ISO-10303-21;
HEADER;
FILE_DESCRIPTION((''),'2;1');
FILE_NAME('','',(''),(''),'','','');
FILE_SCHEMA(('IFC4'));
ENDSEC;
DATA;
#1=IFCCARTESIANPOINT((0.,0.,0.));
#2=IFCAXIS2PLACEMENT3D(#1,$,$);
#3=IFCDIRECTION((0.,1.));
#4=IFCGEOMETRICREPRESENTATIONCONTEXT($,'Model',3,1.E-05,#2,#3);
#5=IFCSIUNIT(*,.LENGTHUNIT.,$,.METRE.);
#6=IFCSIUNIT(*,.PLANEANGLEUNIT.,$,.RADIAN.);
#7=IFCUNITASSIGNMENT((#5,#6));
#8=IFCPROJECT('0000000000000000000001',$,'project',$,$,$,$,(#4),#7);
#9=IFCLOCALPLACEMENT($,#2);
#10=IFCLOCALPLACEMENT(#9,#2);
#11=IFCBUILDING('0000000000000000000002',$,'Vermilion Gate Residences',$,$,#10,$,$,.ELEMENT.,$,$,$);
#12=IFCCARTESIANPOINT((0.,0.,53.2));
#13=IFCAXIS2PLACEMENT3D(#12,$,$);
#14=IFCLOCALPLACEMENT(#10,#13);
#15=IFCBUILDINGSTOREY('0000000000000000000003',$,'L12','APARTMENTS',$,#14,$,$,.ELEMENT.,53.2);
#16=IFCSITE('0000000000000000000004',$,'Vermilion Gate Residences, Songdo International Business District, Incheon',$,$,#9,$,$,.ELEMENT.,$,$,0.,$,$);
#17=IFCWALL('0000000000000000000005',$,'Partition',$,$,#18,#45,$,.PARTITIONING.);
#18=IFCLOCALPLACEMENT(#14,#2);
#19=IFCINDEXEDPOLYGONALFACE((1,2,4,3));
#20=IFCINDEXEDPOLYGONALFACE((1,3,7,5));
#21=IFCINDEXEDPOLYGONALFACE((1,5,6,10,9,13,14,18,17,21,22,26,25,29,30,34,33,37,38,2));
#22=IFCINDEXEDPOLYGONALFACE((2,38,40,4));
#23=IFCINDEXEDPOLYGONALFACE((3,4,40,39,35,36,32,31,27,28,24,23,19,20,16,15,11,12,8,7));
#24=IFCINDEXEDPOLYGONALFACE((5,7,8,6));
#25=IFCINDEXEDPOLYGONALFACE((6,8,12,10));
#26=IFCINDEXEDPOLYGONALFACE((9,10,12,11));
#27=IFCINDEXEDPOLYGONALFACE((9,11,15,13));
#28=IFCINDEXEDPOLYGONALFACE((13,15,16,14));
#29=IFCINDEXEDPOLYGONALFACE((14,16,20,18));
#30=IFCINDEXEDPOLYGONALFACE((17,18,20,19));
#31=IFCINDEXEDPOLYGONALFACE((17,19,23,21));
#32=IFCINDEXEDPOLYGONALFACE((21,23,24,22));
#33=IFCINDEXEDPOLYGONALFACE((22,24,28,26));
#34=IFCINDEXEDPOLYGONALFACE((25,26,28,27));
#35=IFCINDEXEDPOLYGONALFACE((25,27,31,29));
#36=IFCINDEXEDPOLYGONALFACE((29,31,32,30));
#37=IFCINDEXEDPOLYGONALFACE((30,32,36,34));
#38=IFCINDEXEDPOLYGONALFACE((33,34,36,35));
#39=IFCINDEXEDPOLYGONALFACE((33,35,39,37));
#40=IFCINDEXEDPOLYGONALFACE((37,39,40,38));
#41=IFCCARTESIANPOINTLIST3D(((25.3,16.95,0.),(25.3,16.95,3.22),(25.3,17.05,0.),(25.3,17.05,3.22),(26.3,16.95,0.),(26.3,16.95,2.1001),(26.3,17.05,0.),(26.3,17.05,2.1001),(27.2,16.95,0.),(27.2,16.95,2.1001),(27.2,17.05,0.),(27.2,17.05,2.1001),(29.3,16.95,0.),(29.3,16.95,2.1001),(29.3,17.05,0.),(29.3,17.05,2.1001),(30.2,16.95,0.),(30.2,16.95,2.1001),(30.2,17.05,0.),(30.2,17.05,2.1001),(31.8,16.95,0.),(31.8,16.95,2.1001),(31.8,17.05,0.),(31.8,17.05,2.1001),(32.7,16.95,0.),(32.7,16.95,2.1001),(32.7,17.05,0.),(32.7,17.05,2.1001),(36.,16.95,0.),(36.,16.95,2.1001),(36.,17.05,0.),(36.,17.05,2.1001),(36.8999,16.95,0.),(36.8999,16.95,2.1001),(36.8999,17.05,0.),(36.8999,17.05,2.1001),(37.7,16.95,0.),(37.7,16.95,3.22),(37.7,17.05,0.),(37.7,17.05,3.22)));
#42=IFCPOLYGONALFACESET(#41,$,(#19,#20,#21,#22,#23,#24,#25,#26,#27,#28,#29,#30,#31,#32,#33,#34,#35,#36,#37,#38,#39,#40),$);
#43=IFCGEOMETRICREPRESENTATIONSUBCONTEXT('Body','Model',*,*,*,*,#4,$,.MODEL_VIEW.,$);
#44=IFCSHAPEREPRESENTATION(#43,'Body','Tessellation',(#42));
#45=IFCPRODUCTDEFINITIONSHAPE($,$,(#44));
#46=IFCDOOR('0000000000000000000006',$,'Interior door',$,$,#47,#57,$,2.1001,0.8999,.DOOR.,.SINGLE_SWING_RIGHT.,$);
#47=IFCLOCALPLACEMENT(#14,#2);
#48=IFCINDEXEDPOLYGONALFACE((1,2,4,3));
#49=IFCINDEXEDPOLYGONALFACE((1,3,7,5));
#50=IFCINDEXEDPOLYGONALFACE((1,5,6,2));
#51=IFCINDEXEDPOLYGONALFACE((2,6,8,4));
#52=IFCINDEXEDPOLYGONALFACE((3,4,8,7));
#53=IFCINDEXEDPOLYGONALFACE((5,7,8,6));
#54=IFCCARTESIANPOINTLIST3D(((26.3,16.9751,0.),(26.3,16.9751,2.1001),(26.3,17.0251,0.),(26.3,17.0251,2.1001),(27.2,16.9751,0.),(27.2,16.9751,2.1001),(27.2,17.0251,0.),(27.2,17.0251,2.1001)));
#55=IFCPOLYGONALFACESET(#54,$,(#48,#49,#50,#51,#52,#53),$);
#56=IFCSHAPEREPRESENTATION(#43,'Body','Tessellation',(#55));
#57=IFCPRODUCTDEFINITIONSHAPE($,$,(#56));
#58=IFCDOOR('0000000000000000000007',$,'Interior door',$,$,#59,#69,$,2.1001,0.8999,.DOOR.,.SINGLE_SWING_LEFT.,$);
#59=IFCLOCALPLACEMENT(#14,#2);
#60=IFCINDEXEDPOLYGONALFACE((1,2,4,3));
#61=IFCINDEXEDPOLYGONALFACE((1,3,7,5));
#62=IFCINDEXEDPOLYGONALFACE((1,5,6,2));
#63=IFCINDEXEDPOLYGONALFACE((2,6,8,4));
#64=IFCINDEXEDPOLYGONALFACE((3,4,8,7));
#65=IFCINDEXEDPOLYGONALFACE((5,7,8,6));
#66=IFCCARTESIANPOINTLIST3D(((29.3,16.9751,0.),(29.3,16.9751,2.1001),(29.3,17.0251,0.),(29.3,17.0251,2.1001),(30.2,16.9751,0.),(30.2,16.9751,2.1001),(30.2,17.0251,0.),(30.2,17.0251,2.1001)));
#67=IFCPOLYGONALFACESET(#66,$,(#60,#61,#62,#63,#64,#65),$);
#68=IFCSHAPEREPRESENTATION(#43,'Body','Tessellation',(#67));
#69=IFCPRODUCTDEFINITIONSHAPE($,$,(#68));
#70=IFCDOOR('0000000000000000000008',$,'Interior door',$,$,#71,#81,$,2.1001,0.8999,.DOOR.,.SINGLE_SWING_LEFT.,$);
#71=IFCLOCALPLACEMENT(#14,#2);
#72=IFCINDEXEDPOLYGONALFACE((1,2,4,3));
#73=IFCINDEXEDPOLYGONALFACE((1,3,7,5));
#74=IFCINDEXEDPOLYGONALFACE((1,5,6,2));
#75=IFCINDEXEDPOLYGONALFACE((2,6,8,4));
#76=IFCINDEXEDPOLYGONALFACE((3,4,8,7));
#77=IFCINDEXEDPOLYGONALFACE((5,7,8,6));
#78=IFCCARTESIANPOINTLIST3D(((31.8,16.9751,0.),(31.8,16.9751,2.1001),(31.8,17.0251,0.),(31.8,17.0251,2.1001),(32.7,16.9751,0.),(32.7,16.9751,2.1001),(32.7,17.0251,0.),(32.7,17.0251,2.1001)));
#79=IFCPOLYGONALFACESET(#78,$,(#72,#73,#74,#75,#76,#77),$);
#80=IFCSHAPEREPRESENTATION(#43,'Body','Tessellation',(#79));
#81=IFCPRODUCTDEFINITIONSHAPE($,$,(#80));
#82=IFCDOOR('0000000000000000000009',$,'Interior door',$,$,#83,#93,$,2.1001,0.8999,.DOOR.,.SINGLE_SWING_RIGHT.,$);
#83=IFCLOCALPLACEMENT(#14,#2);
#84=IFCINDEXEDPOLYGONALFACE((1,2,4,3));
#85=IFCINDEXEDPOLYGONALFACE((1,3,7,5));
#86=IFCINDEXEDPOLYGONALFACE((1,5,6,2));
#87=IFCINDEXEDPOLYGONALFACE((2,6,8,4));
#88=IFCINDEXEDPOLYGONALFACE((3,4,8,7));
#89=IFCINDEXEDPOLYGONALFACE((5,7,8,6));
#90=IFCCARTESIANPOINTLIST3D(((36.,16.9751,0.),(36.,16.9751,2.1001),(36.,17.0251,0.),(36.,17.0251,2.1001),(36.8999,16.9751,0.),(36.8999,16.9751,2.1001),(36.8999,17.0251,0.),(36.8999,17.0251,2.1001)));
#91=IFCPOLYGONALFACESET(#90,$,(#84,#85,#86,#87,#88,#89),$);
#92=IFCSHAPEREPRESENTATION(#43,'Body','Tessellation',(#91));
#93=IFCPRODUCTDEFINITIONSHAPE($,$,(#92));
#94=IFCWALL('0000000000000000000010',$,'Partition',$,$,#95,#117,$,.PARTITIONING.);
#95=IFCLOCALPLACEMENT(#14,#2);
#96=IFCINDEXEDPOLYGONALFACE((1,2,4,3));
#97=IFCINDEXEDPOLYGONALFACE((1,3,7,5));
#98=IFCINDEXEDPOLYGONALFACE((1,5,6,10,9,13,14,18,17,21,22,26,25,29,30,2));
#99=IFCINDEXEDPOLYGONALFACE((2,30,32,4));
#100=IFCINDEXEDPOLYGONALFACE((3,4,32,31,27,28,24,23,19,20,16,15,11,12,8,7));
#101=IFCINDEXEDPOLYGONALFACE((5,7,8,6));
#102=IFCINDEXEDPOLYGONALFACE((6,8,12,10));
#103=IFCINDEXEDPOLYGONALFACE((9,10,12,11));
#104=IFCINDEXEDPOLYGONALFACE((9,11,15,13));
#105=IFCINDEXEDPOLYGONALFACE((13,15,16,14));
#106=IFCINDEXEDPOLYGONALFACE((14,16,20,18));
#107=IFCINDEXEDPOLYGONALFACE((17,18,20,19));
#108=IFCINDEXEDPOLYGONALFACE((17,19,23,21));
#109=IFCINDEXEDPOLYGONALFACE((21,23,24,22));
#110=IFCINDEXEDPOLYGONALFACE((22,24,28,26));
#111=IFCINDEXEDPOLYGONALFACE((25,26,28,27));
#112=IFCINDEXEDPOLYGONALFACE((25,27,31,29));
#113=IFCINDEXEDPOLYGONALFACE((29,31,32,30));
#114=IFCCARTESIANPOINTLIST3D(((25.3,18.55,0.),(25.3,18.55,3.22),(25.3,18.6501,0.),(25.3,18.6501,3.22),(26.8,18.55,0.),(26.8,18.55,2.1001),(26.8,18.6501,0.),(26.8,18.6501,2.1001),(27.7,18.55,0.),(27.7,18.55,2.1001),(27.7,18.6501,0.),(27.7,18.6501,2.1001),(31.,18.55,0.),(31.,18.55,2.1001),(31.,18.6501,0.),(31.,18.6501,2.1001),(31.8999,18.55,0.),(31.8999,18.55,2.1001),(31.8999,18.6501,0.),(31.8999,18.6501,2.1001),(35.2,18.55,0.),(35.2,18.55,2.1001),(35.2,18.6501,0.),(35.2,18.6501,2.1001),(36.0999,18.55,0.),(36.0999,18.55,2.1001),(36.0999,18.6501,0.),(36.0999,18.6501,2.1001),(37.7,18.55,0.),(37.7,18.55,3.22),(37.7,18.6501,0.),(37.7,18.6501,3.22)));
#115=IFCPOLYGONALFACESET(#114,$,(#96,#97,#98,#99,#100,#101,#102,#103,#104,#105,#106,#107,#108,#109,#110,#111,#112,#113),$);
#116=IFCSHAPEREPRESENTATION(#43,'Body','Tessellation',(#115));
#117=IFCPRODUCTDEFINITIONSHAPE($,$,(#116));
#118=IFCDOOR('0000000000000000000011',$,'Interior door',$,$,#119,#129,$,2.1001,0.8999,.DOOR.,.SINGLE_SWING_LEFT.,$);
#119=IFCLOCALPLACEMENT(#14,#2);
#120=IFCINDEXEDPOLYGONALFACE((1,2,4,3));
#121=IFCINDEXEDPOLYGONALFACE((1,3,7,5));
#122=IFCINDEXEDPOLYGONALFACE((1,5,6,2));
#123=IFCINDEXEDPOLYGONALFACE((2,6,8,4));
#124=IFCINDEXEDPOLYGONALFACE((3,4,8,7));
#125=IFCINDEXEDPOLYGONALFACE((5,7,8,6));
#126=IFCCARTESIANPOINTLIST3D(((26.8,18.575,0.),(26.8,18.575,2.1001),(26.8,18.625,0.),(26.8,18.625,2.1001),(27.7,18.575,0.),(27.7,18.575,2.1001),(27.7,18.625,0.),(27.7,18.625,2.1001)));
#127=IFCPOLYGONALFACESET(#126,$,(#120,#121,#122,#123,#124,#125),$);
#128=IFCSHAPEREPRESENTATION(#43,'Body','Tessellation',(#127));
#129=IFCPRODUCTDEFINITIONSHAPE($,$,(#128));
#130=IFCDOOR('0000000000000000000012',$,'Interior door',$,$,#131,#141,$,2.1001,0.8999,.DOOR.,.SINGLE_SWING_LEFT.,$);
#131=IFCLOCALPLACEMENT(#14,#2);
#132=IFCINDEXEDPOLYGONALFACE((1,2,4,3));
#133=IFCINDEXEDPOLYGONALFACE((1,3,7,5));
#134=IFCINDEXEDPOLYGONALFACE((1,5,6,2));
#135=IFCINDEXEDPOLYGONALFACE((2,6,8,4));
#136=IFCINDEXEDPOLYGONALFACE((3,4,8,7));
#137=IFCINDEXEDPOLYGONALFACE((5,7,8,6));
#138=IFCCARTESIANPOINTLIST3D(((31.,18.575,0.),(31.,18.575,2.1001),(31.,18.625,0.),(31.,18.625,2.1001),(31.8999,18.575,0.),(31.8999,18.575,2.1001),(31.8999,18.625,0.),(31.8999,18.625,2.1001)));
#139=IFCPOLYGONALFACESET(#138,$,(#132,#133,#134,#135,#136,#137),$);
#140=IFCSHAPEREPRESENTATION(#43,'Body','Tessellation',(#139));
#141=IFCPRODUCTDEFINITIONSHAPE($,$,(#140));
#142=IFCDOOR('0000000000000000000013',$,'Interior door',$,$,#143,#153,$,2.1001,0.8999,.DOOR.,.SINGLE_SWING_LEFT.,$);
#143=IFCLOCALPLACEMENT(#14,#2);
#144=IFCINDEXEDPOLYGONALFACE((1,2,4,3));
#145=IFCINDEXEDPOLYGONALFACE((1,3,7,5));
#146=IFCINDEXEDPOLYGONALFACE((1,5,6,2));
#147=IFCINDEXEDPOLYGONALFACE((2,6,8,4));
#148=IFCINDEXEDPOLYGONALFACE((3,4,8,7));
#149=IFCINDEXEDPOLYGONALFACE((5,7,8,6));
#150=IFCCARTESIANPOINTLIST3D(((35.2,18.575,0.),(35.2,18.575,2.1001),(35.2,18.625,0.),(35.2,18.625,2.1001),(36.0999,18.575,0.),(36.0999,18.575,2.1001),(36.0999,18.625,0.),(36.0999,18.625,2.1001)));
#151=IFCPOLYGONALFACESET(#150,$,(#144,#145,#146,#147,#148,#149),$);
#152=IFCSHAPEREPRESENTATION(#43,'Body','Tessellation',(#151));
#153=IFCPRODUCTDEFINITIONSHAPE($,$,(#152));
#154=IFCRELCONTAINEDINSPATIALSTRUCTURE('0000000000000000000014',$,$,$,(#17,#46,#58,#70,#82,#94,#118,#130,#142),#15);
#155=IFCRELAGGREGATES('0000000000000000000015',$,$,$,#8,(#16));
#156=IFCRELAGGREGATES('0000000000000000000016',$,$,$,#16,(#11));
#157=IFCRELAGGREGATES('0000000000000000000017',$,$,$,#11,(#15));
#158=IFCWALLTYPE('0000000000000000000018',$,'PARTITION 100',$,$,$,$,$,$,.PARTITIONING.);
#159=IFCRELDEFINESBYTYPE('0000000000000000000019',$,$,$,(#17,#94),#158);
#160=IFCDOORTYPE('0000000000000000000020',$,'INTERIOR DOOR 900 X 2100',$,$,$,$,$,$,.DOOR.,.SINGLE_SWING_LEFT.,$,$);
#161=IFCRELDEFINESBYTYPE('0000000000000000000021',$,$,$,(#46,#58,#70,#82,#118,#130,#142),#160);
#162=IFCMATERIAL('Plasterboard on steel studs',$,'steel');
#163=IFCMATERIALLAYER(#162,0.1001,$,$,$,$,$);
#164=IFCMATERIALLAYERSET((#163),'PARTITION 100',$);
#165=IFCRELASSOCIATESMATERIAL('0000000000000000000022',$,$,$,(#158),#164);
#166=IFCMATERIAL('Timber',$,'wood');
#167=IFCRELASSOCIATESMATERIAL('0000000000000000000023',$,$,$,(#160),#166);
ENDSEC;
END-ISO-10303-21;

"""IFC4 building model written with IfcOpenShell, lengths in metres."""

from ifc_helpers import new_model, si_unit, direction, frame, frame_2d, origin, place, context, subcontext, project, spatial, rectangle, extrude, material, layer, layer_set, type_object, element, fill, save


model = new_model("IFC4")

# Units and contexts
model_context = context("Model", 3, precision=1e-05, world=origin(), true_north=direction((0.0, 1.0)))
body_context = subcontext(model_context, "Body", "Model", "MODEL_VIEW")
ifc_project = project(units=[si_unit("LENGTHUNIT", "METRE"), si_unit("PLANEANGLEUNIT", "RADIAN")], contexts=[model_context])

# Site, building, storey
site_placement = place(None, origin())
site = spatial("IfcSite", under=ifc_project, at=site_placement, Name="Vermilion Gate Residences, Songdo International Business District, Incheon", CompositionType="ELEMENT", RefElevation=0.0)
building_placement = place(site_placement, origin())
building = spatial("IfcBuilding", under=site, at=building_placement, Name="Vermilion Gate Residences", CompositionType="ELEMENT")
storey_placement = place(building_placement, frame((0.0, 0.0, 53.2)))
storey = spatial("IfcBuildingStorey", under=building, at=storey_placement, Name="L12", Description="APARTMENTS", CompositionType="ELEMENT", Elevation=53.2)

# Walls, openings, doors
ifc_material_1 = material(Name="Plasterboard on steel studs", Category="steel")
ifc_layer_1 = layer(ifc_material_1, 0.1001)
ifc_layer_set_1 = layer_set([ifc_layer_1], Name="PARTITION 100")
wall_type_1 = type_object("IfcWallType", Name="PARTITION 100", PredefinedType="PARTITIONING", material=ifc_layer_set_1)
wall_1_placement = place(storey_placement, frame((25.3, 17.0, 0.0), z_axis=(0.0, 0.0, 1.0), x_axis=(1.0, 0.0, 0.0)))
wall_1 = element("IfcWall", 1, at=wall_1_placement, inside=storey, type_object=wall_type_1, Name="Partition", PredefinedType="PARTITIONING", context=body_context, shape_type="SweptSolid", body=[
    extrude(rectangle(XDim=12.3999, YDim=0.1001, at=frame_2d((6.2, 0.0))), origin(), (0.0, 0.0, 1.0), 3.22),
])
opening_1_placement = place(wall_1_placement, frame((1.0, 0.0, 0.0)))
opening_1 = element("IfcOpeningElement", 2, at=opening_1_placement, cuts=wall_1, PredefinedType="OPENING", context=body_context, shape_type="SweptSolid", body=[
    extrude(rectangle(XDim=0.8999, YDim=2.1001, at=frame_2d((0.45, 1.05))), frame((0.0, 0.0601, 0.0), z_axis=(0.0, -1.0, 0.0), x_axis=(1.0, 0.0, 0.0)), (0.0, 0.0, 1.0), 0.1201),
])
opening_2_placement = place(wall_1_placement, frame((4.0, 0.0, 0.0)))
opening_2 = element("IfcOpeningElement", 3, at=opening_2_placement, cuts=wall_1, PredefinedType="OPENING", context=body_context, shape_type="SweptSolid", body=[
    extrude(rectangle(XDim=0.8999, YDim=2.1001, at=frame_2d((0.45, 1.05))), frame((0.0, 0.0601, 0.0), z_axis=(0.0, -1.0, 0.0), x_axis=(1.0, 0.0, 0.0)), (0.0, 0.0, 1.0), 0.1201),
])
opening_3_placement = place(wall_1_placement, frame((6.5, 0.0, 0.0)))
opening_3 = element("IfcOpeningElement", 4, at=opening_3_placement, cuts=wall_1, PredefinedType="OPENING", context=body_context, shape_type="SweptSolid", body=[
    extrude(rectangle(XDim=0.8999, YDim=2.1001, at=frame_2d((0.45, 1.05))), frame((0.0, 0.0601, 0.0), z_axis=(0.0, -1.0, 0.0), x_axis=(1.0, 0.0, 0.0)), (0.0, 0.0, 1.0), 0.1201),
])
opening_4_placement = place(wall_1_placement, frame((10.7, 0.0, 0.0)))
opening_4 = element("IfcOpeningElement", 5, at=opening_4_placement, cuts=wall_1, PredefinedType="OPENING", context=body_context, shape_type="SweptSolid", body=[
    extrude(rectangle(XDim=0.8999, YDim=2.1001, at=frame_2d((0.45, 1.05))), frame((0.0, 0.0601, 0.0), z_axis=(0.0, -1.0, 0.0), x_axis=(1.0, 0.0, 0.0)), (0.0, 0.0, 1.0), 0.1201),
])
ifc_material_2 = material(Name="Timber", Category="wood")
door_type_1 = type_object("IfcDoorType", Name="INTERIOR DOOR 900 X 2100", OperationType="SINGLE_SWING_LEFT", PredefinedType="DOOR", material=ifc_material_2)
door_1_placement = place(opening_1_placement, frame((0.8999, 0.0, 0.0), z_axis=(0.0, 0.0, 1.0), x_axis=(-1.0, 0.0, 0.0)))
door_1 = element("IfcDoor", 6, at=door_1_placement, inside=storey, type_object=door_type_1, Name="Interior door", OperationType="SINGLE_SWING_RIGHT", OverallHeight=2.1001, OverallWidth=0.8999, PredefinedType="DOOR", context=body_context, shape_type="SweptSolid", body=[
    extrude(rectangle(XDim=0.8999, YDim=2.1001, at=frame_2d((0.45, 1.05))), frame((0.0, 0.0249, 0.0), z_axis=(0.0, -1.0, 0.0), x_axis=(1.0, 0.0, 0.0)), (0.0, 0.0, 1.0), 0.05),
])
fill(opening_1, door_1)
door_2_placement = place(opening_2_placement, frame((0.8999, 0.0, 0.0), z_axis=(0.0, 0.0, 1.0), x_axis=(-1.0, 0.0, 0.0)))
door_2 = element("IfcDoor", 7, at=door_2_placement, inside=storey, type_object=door_type_1, Name="Interior door", OperationType="SINGLE_SWING_LEFT", OverallHeight=2.1001, OverallWidth=0.8999, PredefinedType="DOOR", context=body_context, shape_type="SweptSolid", body=[
    extrude(rectangle(XDim=0.8999, YDim=2.1001, at=frame_2d((0.45, 1.05))), frame((0.0, 0.0249, 0.0), z_axis=(0.0, -1.0, 0.0), x_axis=(1.0, 0.0, 0.0)), (0.0, 0.0, 1.0), 0.05),
])
fill(opening_2, door_2)
door_3_placement = place(opening_3_placement, frame((0.8999, 0.0, 0.0), z_axis=(0.0, 0.0, 1.0), x_axis=(-1.0, 0.0, 0.0)))
door_3 = element("IfcDoor", 8, at=door_3_placement, inside=storey, type_object=door_type_1, Name="Interior door", OperationType="SINGLE_SWING_LEFT", OverallHeight=2.1001, OverallWidth=0.8999, PredefinedType="DOOR", context=body_context, shape_type="SweptSolid", body=[
    extrude(rectangle(XDim=0.8999, YDim=2.1001, at=frame_2d((0.45, 1.05))), frame((0.0, 0.0249, 0.0), z_axis=(0.0, -1.0, 0.0), x_axis=(1.0, 0.0, 0.0)), (0.0, 0.0, 1.0), 0.05),
])
fill(opening_3, door_3)
door_4_placement = place(opening_4_placement, frame((0.8999, 0.0, 0.0), z_axis=(0.0, 0.0, 1.0), x_axis=(-1.0, 0.0, 0.0)))
door_4 = element("IfcDoor", 9, at=door_4_placement, inside=storey, type_object=door_type_1, Name="Interior door", OperationType="SINGLE_SWING_RIGHT", OverallHeight=2.1001, OverallWidth=0.8999, PredefinedType="DOOR", context=body_context, shape_type="SweptSolid", body=[
    extrude(rectangle(XDim=0.8999, YDim=2.1001, at=frame_2d((0.45, 1.05))), frame((0.0, 0.0249, 0.0), z_axis=(0.0, -1.0, 0.0), x_axis=(1.0, 0.0, 0.0)), (0.0, 0.0, 1.0), 0.05),
])
fill(opening_4, door_4)
wall_2_placement = place(storey_placement, frame((25.3, 18.6001, 0.0), z_axis=(0.0, 0.0, 1.0), x_axis=(1.0, 0.0, 0.0)))
wall_2 = element("IfcWall", 10, at=wall_2_placement, inside=storey, type_object=wall_type_1, Name="Partition", PredefinedType="PARTITIONING", context=body_context, shape_type="SweptSolid", body=[
    extrude(rectangle(XDim=12.3999, YDim=0.1001, at=frame_2d((6.2, 0.0))), origin(), (0.0, 0.0, 1.0), 3.22),
])
opening_5_placement = place(wall_2_placement, frame((1.5, 0.0, 0.0)))
opening_5 = element("IfcOpeningElement", 11, at=opening_5_placement, cuts=wall_2, PredefinedType="OPENING", context=body_context, shape_type="SweptSolid", body=[
    extrude(rectangle(XDim=0.8999, YDim=2.1001, at=frame_2d((0.45, 1.05))), frame((0.0, 0.0601, 0.0), z_axis=(0.0, -1.0, 0.0), x_axis=(1.0, 0.0, 0.0)), (0.0, 0.0, 1.0), 0.1201),
])
opening_6_placement = place(wall_2_placement, frame((5.7, 0.0, 0.0)))
opening_6 = element("IfcOpeningElement", 12, at=opening_6_placement, cuts=wall_2, PredefinedType="OPENING", context=body_context, shape_type="SweptSolid", body=[
    extrude(rectangle(XDim=0.8999, YDim=2.1001, at=frame_2d((0.45, 1.05))), frame((0.0, 0.0601, 0.0), z_axis=(0.0, -1.0, 0.0), x_axis=(1.0, 0.0, 0.0)), (0.0, 0.0, 1.0), 0.1201),
])
opening_7_placement = place(wall_2_placement, frame((9.8999, 0.0, 0.0)))
opening_7 = element("IfcOpeningElement", 13, at=opening_7_placement, cuts=wall_2, PredefinedType="OPENING", context=body_context, shape_type="SweptSolid", body=[
    extrude(rectangle(XDim=0.8999, YDim=2.1001, at=frame_2d((0.45, 1.05))), frame((0.0, 0.0601, 0.0), z_axis=(0.0, -1.0, 0.0), x_axis=(1.0, 0.0, 0.0)), (0.0, 0.0, 1.0), 0.1201),
])
door_5_placement = place(opening_5_placement, origin())
door_5 = element("IfcDoor", 14, at=door_5_placement, inside=storey, type_object=door_type_1, Name="Interior door", OperationType="SINGLE_SWING_LEFT", OverallHeight=2.1001, OverallWidth=0.8999, PredefinedType="DOOR", context=body_context, shape_type="SweptSolid", body=[
    extrude(rectangle(XDim=0.8999, YDim=2.1001, at=frame_2d((0.45, 1.05))), frame((0.0, 0.0249, 0.0), z_axis=(0.0, -1.0, 0.0), x_axis=(1.0, 0.0, 0.0)), (0.0, 0.0, 1.0), 0.05),
])
fill(opening_5, door_5)
door_6_placement = place(opening_6_placement, origin())
door_6 = element("IfcDoor", 15, at=door_6_placement, inside=storey, type_object=door_type_1, Name="Interior door", OperationType="SINGLE_SWING_LEFT", OverallHeight=2.1001, OverallWidth=0.8999, PredefinedType="DOOR", context=body_context, shape_type="SweptSolid", body=[
    extrude(rectangle(XDim=0.8999, YDim=2.1001, at=frame_2d((0.45, 1.05))), frame((0.0, 0.0249, 0.0), z_axis=(0.0, -1.0, 0.0), x_axis=(1.0, 0.0, 0.0)), (0.0, 0.0, 1.0), 0.05),
])
fill(opening_6, door_6)
door_7_placement = place(opening_7_placement, origin())
door_7 = element("IfcDoor", 16, at=door_7_placement, inside=storey, type_object=door_type_1, Name="Interior door", OperationType="SINGLE_SWING_LEFT", OverallHeight=2.1001, OverallWidth=0.8999, PredefinedType="DOOR", context=body_context, shape_type="SweptSolid", body=[
    extrude(rectangle(XDim=0.8999, YDim=2.1001, at=frame_2d((0.45, 1.05))), frame((0.0, 0.0249, 0.0), z_axis=(0.0, -1.0, 0.0), x_axis=(1.0, 0.0, 0.0)), (0.0, 0.0, 1.0), 0.05),
])
fill(opening_7, door_7)

save(model, "model.ifc")
